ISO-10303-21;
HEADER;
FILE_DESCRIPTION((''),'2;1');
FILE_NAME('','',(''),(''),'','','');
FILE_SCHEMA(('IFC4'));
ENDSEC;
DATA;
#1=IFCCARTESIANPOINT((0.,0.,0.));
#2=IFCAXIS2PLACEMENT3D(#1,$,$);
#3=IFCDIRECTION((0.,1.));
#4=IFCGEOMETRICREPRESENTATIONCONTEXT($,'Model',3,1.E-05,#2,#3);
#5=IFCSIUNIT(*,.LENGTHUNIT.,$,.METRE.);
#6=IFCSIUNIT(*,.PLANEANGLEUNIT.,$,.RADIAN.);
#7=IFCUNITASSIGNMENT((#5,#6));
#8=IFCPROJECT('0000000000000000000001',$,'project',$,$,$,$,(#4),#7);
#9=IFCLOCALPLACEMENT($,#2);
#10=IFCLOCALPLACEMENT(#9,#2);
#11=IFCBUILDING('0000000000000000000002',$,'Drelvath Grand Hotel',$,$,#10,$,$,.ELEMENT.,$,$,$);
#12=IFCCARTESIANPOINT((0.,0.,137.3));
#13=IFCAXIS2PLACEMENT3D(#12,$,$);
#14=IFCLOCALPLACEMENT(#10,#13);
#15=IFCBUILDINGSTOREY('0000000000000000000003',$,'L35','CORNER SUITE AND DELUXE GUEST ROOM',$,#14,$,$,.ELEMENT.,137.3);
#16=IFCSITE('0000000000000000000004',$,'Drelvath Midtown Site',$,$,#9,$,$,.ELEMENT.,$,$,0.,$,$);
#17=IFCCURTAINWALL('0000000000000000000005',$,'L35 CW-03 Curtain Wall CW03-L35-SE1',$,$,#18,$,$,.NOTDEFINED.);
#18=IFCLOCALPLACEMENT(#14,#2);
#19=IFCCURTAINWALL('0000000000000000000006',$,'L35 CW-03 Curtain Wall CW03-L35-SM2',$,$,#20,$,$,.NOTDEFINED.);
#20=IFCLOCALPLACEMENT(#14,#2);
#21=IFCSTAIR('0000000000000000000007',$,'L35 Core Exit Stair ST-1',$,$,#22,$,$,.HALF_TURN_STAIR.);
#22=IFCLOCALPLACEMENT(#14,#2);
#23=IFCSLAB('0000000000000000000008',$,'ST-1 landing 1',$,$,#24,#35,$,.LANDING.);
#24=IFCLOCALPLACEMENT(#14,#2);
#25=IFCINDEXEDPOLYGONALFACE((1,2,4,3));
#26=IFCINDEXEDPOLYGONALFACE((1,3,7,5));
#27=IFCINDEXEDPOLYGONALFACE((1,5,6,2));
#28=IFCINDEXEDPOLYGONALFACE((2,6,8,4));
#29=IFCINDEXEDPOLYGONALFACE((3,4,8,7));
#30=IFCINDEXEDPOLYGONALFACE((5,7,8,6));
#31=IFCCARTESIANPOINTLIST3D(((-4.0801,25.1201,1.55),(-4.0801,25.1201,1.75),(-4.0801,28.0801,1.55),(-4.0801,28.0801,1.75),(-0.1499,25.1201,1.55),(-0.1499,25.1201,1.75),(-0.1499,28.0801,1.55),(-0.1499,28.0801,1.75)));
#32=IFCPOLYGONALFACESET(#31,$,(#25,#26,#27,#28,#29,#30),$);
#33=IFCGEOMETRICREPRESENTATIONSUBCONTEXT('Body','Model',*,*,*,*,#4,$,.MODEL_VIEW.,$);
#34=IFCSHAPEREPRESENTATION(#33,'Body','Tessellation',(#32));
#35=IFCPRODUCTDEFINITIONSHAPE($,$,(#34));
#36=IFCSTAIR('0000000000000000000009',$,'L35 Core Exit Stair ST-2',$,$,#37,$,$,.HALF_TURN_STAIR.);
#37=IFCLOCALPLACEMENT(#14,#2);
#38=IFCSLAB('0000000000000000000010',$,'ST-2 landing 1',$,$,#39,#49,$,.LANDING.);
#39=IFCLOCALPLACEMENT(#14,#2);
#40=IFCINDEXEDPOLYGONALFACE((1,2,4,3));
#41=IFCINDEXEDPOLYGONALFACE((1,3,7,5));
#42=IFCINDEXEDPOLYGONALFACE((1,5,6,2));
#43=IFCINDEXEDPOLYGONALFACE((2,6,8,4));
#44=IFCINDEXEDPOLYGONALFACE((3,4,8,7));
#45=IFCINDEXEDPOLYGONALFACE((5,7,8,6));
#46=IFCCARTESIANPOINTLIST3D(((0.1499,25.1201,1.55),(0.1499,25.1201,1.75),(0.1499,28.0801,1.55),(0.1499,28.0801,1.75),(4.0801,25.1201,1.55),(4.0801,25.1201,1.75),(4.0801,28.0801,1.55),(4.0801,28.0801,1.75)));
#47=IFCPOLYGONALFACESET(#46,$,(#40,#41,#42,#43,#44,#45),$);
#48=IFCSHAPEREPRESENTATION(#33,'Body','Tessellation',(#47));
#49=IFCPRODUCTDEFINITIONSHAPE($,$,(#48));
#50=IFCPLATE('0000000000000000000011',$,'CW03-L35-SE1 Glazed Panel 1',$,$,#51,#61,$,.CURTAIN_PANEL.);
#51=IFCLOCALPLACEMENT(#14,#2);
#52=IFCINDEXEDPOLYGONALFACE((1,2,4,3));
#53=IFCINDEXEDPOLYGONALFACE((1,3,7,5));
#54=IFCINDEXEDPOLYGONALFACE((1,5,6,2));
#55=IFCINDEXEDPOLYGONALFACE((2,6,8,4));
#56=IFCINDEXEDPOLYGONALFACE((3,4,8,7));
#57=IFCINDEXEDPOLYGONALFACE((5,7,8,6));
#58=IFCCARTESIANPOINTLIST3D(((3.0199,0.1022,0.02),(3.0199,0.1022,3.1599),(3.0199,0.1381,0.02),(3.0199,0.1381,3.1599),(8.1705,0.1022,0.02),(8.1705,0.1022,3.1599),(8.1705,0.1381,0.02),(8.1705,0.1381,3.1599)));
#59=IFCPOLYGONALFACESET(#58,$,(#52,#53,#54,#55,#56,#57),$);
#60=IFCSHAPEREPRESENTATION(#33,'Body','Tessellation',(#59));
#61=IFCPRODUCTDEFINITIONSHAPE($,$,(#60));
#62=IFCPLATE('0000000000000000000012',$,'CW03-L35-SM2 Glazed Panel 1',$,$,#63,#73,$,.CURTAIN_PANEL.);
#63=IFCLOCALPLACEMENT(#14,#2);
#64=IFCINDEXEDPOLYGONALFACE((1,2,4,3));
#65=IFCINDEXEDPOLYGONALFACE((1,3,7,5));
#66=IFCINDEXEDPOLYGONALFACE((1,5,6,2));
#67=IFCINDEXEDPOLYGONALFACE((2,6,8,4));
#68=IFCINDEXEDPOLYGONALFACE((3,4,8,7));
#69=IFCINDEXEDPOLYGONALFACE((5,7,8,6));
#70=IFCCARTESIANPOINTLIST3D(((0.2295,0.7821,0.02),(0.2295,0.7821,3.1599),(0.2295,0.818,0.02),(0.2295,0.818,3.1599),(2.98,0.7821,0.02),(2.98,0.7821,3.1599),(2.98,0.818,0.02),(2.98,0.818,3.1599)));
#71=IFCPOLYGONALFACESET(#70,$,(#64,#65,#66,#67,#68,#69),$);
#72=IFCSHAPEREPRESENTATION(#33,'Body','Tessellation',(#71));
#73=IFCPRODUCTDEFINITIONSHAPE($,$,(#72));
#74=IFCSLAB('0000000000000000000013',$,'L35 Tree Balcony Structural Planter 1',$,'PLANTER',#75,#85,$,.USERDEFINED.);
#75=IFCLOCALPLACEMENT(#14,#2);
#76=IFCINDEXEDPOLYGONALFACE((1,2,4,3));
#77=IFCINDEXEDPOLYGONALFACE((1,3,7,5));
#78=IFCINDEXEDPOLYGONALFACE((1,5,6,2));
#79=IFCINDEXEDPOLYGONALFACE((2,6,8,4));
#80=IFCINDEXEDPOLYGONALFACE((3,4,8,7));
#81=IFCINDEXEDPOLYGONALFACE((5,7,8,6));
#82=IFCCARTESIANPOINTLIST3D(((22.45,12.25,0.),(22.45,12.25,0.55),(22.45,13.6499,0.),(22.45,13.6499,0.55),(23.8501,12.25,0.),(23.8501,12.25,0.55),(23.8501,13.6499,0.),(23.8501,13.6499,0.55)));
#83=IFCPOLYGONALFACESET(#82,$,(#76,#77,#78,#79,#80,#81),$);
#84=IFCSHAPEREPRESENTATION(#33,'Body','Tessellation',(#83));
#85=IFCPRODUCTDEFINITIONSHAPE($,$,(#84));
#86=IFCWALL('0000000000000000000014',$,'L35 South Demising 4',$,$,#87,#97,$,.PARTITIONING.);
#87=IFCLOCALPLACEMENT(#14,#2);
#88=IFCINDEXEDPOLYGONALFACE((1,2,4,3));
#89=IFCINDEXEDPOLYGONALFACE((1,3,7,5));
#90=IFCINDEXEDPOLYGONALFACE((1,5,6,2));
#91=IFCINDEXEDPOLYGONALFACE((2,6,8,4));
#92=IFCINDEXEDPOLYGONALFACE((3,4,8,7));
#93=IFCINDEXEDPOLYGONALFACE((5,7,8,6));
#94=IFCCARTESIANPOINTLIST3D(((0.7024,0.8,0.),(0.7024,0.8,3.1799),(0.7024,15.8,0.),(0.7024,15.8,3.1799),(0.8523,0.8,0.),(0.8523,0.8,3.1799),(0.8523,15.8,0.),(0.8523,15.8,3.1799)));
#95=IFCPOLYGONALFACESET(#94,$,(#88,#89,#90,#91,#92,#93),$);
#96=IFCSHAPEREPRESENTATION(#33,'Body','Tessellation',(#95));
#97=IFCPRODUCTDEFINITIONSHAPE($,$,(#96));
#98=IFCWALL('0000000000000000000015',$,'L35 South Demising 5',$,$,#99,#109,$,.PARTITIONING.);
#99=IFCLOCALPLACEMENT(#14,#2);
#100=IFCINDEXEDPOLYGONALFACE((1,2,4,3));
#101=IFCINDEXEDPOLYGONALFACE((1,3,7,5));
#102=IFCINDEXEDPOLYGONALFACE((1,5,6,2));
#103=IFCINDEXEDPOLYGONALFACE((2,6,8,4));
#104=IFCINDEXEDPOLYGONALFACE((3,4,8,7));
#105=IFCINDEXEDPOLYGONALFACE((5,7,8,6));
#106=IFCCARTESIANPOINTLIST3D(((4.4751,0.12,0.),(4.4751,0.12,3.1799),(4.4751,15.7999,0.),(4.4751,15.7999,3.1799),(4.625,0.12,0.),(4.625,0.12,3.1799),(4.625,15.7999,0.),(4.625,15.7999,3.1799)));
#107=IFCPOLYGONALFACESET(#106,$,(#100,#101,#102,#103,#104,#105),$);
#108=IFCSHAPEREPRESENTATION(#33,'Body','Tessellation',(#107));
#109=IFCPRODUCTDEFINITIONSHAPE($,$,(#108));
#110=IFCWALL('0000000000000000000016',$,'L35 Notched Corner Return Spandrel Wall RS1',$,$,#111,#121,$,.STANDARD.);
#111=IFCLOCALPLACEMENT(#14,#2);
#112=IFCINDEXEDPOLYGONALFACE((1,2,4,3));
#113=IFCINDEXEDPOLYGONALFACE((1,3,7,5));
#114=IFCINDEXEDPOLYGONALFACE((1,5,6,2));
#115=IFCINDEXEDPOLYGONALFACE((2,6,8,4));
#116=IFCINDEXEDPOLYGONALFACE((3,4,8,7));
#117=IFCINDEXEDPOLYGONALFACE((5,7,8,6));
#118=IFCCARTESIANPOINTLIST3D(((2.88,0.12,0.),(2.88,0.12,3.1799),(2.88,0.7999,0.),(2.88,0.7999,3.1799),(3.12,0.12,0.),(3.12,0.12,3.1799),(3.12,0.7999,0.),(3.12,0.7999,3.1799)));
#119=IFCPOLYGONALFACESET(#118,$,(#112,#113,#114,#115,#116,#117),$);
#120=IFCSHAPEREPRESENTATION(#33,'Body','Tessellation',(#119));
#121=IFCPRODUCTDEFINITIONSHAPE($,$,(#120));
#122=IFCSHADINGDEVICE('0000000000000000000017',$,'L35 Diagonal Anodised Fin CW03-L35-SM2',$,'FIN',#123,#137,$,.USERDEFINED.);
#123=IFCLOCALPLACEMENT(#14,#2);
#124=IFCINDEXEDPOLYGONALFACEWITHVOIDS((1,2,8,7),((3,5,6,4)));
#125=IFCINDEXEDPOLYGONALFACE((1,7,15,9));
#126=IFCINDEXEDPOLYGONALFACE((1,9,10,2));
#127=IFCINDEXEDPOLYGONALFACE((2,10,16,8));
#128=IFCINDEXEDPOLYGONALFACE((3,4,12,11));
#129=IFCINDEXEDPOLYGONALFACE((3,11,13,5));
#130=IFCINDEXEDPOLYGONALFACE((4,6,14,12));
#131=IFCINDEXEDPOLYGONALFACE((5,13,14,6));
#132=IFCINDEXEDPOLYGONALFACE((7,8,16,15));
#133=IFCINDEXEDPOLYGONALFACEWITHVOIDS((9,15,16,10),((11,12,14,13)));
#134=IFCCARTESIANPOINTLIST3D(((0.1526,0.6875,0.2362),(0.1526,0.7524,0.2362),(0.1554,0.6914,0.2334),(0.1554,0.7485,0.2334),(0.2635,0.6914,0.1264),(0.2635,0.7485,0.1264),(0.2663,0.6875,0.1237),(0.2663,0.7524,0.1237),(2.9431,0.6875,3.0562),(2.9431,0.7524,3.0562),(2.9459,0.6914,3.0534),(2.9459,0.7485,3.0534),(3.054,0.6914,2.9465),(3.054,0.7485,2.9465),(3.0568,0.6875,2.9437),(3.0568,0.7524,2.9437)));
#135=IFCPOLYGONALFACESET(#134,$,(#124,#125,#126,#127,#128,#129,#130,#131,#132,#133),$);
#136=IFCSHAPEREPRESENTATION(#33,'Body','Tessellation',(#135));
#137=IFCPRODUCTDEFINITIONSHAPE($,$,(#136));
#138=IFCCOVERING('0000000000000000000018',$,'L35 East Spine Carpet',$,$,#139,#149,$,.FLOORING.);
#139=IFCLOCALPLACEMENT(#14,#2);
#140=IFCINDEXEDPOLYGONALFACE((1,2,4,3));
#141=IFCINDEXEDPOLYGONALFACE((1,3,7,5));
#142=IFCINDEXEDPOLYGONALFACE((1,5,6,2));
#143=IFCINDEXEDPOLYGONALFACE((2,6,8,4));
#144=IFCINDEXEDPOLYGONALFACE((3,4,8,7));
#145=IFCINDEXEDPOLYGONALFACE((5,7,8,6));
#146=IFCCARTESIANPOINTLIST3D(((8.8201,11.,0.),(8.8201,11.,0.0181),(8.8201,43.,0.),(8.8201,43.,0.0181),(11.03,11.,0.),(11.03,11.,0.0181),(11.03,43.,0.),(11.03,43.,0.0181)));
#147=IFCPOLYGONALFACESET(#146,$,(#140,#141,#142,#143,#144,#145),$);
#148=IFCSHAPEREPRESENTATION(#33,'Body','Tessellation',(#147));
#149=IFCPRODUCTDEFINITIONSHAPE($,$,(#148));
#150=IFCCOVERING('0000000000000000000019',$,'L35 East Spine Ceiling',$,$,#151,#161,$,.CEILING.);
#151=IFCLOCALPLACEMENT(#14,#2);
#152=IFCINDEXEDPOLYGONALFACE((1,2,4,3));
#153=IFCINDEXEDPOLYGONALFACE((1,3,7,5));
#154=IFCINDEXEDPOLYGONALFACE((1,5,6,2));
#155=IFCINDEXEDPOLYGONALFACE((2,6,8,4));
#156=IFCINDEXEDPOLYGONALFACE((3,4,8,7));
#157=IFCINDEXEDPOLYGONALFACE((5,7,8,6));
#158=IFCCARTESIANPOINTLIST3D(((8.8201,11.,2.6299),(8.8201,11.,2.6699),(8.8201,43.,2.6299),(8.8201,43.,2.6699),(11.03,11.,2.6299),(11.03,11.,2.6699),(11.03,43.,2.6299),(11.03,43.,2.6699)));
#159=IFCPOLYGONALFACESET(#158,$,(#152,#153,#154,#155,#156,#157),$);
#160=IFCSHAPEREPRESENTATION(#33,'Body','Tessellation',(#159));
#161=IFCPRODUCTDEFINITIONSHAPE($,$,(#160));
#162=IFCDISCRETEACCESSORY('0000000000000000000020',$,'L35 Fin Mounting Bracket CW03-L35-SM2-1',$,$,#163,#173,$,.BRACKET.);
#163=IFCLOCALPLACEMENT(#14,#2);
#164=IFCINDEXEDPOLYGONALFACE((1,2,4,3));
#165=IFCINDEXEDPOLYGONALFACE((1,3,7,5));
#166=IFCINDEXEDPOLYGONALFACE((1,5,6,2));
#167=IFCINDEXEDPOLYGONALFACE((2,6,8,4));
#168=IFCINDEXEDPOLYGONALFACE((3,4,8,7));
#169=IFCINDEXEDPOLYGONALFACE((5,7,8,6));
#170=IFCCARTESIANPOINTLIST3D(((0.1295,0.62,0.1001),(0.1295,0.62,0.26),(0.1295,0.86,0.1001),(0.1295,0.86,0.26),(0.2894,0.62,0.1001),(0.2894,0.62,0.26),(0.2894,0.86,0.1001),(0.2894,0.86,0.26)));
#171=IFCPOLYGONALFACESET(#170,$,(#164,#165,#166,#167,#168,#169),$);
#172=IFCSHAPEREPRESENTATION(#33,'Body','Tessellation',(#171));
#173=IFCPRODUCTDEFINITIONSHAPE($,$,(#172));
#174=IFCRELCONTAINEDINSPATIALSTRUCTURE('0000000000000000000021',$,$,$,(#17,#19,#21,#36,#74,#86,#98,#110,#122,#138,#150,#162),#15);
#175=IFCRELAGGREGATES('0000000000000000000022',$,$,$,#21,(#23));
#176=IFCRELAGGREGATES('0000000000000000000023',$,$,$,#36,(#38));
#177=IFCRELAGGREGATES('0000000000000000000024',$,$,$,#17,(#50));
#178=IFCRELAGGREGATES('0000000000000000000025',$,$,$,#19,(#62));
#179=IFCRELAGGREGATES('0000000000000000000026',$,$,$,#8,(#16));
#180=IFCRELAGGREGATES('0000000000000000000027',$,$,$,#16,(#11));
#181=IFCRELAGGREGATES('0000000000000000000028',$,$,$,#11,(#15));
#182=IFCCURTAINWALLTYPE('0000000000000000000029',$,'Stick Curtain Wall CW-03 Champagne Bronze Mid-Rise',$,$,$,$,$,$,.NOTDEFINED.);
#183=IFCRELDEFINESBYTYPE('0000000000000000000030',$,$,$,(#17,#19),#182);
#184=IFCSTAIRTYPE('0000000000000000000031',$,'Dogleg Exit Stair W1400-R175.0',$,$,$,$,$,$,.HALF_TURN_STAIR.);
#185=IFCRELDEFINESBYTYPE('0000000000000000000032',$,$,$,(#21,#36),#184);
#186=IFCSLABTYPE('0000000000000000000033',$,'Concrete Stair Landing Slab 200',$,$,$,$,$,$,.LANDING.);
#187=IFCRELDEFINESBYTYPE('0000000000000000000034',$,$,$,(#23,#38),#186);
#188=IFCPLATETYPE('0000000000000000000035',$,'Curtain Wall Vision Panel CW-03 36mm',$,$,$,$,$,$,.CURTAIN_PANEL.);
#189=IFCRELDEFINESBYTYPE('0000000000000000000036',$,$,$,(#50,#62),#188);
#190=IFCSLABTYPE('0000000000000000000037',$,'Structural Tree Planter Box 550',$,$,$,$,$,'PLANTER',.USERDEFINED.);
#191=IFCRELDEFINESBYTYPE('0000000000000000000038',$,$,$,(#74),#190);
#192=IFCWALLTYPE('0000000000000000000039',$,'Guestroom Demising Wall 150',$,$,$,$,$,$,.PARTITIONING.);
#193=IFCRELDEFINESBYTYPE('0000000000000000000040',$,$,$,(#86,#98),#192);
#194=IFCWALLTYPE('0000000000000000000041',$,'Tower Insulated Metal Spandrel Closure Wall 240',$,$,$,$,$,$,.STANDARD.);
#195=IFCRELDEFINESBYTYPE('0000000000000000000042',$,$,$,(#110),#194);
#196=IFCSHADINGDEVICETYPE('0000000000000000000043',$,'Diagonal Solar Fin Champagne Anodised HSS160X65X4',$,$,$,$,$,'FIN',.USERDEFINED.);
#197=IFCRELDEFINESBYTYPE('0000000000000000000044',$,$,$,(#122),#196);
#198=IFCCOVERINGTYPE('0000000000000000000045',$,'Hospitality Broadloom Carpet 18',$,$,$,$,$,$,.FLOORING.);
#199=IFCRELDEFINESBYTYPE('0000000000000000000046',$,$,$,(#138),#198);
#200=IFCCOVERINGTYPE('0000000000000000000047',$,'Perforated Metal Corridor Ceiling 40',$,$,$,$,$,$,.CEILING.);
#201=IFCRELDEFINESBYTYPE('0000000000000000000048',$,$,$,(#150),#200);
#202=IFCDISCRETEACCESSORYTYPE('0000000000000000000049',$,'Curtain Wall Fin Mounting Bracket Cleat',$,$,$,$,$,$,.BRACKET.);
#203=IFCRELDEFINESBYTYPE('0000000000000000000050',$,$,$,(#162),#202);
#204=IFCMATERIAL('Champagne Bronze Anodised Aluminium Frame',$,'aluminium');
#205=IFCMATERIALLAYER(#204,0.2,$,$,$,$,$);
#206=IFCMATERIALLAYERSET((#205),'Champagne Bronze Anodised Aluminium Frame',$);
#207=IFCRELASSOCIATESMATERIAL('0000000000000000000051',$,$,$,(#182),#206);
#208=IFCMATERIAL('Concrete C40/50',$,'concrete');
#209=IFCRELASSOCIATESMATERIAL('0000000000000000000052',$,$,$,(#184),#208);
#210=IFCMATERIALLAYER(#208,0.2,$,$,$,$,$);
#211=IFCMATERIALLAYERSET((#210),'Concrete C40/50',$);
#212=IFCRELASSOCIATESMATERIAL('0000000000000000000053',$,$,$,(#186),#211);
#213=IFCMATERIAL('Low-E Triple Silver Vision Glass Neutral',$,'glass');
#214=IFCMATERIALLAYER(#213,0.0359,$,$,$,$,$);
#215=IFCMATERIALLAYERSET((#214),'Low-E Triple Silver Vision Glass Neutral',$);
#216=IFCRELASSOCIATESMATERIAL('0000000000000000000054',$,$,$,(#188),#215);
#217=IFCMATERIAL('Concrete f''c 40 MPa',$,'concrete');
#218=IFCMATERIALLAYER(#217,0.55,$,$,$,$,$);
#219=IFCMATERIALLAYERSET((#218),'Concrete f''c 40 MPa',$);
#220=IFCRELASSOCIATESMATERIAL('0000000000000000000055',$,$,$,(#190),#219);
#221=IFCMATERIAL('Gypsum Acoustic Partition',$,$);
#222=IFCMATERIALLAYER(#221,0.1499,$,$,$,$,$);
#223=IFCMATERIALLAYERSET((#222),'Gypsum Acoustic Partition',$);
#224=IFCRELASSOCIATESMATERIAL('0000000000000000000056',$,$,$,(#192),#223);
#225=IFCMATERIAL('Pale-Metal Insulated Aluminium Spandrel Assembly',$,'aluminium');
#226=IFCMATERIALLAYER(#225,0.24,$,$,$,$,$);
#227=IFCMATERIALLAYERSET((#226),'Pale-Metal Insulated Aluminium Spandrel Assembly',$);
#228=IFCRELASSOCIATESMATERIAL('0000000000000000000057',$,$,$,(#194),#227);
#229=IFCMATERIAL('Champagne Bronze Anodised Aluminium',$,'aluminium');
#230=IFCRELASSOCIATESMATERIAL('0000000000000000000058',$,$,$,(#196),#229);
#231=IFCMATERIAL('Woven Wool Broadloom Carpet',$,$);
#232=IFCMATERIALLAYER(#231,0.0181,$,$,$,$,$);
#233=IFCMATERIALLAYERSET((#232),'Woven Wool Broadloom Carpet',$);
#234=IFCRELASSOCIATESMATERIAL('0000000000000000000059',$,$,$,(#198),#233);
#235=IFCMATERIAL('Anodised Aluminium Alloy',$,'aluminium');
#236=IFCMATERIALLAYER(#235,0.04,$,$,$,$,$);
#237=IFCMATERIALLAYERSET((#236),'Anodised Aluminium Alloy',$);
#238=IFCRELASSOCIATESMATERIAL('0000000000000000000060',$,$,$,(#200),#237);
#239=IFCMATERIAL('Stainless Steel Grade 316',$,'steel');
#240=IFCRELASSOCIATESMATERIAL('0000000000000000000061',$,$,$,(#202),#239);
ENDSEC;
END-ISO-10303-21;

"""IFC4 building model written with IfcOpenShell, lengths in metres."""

from ifc_helpers import new_model, si_unit, direction, frame, frame_2d, origin, origin_2d, place, context, subcontext, project, spatial, polyline, rectangle, hollow_rectangle, outline, extrude, material, layer, layer_set, material_profile, profile_set, type_object, element, aggregate, save


model = new_model("IFC4")

# Units and contexts
model_context = context("Model", 3, precision=1e-05, world=origin(), true_north=direction((0.0, 1.0)))
body_context = subcontext(model_context, "Body", "Model", "MODEL_VIEW")
ifc_project = project(units=[si_unit("LENGTHUNIT", "METRE"), si_unit("PLANEANGLEUNIT", "RADIAN")], contexts=[model_context])

# Site, building, storey
site_placement = place(None, origin())
site = spatial("IfcSite", under=ifc_project, at=site_placement, Name="Drelvath Midtown Site", CompositionType="ELEMENT", RefElevation=0.0)
building_placement = place(site_placement, origin())
building = spatial("IfcBuilding", under=site, at=building_placement, Name="Drelvath Grand Hotel", CompositionType="ELEMENT")
storey_placement = place(building_placement, frame((0.0, 0.0, 137.3)))
storey = spatial("IfcBuildingStorey", under=building, at=storey_placement, Name="L35", Description="CORNER SUITE AND DELUXE GUEST ROOM", CompositionType="ELEMENT", Elevation=137.3)

# Curtain walls
ifc_material_1 = material(Name="Champagne Bronze Anodised Aluminium Frame", Category="aluminium")
ifc_layer_1 = layer(ifc_material_1, 0.2)
ifc_layer_set_1 = layer_set([ifc_layer_1], Name="Champagne Bronze Anodised Aluminium Frame")
curtain_wall_type = type_object("IfcCurtainWallType", Name="Stick Curtain Wall CW-03 Champagne Bronze Mid-Rise", PredefinedType="NOTDEFINED", material=ifc_layer_set_1)
curtain_wall_1_placement = place(storey_placement, origin())
curtain_wall_1 = element("IfcCurtainWall", 1, at=curtain_wall_1_placement, inside=storey, type_object=curtain_wall_type, Name="L35 CW-03 Curtain Wall CW03-L35-SE1", PredefinedType="NOTDEFINED")
curtain_wall_2_placement = place(storey_placement, origin())
curtain_wall_2 = element("IfcCurtainWall", 2, at=curtain_wall_2_placement, inside=storey, type_object=curtain_wall_type, Name="L35 CW-03 Curtain Wall CW03-L35-SM2", PredefinedType="NOTDEFINED")

# Shared definitions
ifc_material_2 = material(Name="Concrete f'c 40 MPa", Category="concrete")

# Stairs, slabs
ifc_material_3 = material(Name="Concrete C40/50", Category="concrete")
stair_type = type_object("IfcStairType", Name="Dogleg Exit Stair W1400-R175.0", PredefinedType="HALF_TURN_STAIR", material=ifc_material_3)
stair_1_placement = place(storey_placement, origin())
stair_1 = element("IfcStair", 3, at=stair_1_placement, inside=storey, type_object=stair_type, Name="L35 Core Exit Stair ST-1", PredefinedType="HALF_TURN_STAIR")
ifc_layer_2 = layer(ifc_material_3, 0.2)
ifc_layer_set_2 = layer_set([ifc_layer_2], Name="Concrete C40/50")
slab_type_1 = type_object("IfcSlabType", Name="Concrete Stair Landing Slab 200", PredefinedType="LANDING", material=ifc_layer_set_2)
slab_1_placement = place(storey_placement, frame((0.0, 0.0, 1.55)))
slab_1 = element("IfcSlab", 4, at=slab_1_placement, type_object=slab_type_1, Name="ST-1 landing 1", PredefinedType="LANDING", context=body_context, shape_type="SweptSolid", body=[
    extrude(outline(polyline([(-4.0801, 25.1201), (-0.1499, 25.1201), (-0.1499, 28.0801), (-4.0801, 28.0801), (-4.0801, 25.1201)])), origin(), (0.0, 0.0, 1.0), 0.2),
])
aggregate(stair_1, [slab_1])
stair_2_placement = place(storey_placement, origin())
stair_2 = element("IfcStair", 5, at=stair_2_placement, inside=storey, type_object=stair_type, Name="L35 Core Exit Stair ST-2", PredefinedType="HALF_TURN_STAIR")
slab_2_placement = place(storey_placement, frame((0.0, 0.0, 1.55)))
slab_2 = element("IfcSlab", 6, at=slab_2_placement, type_object=slab_type_1, Name="ST-2 landing 1", PredefinedType="LANDING", context=body_context, shape_type="SweptSolid", body=[
    extrude(outline(polyline([(4.0801, 28.0801), (0.1499, 28.0801), (0.1499, 25.1201), (4.0801, 25.1201), (4.0801, 28.0801)])), origin(), (0.0, 0.0, 1.0), 0.2),
])
aggregate(stair_2, [slab_2])

# Plates
ifc_material_4 = material(Name="Low-E Triple Silver Vision Glass Neutral", Category="glass")
ifc_layer_3 = layer(ifc_material_4, 0.0359)
ifc_layer_set_3 = layer_set([ifc_layer_3], Name="Low-E Triple Silver Vision Glass Neutral")
plate_type = type_object("IfcPlateType", Name="Curtain Wall Vision Panel CW-03 36mm", PredefinedType="CURTAIN_PANEL", material=ifc_layer_set_3)
plate_1_placement = place(storey_placement, frame((5.5952, 0.1201, 0.02), z_axis=(0.0, 0.0, 1.0), x_axis=(-1.0, 0.0, 0.0)))
plate_1 = element("IfcPlate", 7, at=plate_1_placement, type_object=plate_type, Name="CW03-L35-SE1 Glazed Panel 1", PredefinedType="CURTAIN_PANEL", context=body_context, shape_type="SweptSolid", body=[
    extrude(rectangle(XDim=5.1506, YDim=0.0359, at=origin_2d()), origin(), (0.0, 0.0, 1.0), 3.1399),
])
aggregate(curtain_wall_1, [plate_1])
plate_2_placement = place(storey_placement, frame((1.6047, 0.8, 0.02), z_axis=(0.0, 0.0, 1.0), x_axis=(-1.0, 0.0, 0.0)))
plate_2 = element("IfcPlate", 8, at=plate_2_placement, type_object=plate_type, Name="CW03-L35-SM2 Glazed Panel 1", PredefinedType="CURTAIN_PANEL", context=body_context, shape_type="SweptSolid", body=[
    extrude(rectangle(XDim=2.7505, YDim=0.0359, at=origin_2d()), origin(), (0.0, 0.0, 1.0), 3.1399),
])
aggregate(curtain_wall_2, [plate_2])

# Slab
ifc_layer_4 = layer(ifc_material_2, 0.55)
ifc_layer_set_4 = layer_set([ifc_layer_4], Name="Concrete f'c 40 MPa")
slab_type_2 = type_object("IfcSlabType", Name="Structural Tree Planter Box 550", ElementType="PLANTER", PredefinedType="USERDEFINED", material=ifc_layer_set_4)
slab_3_placement = place(storey_placement, origin())
element("IfcSlab", 9, at=slab_3_placement, inside=storey, type_object=slab_type_2, Name="L35 Tree Balcony Structural Planter 1", ObjectType="PLANTER", PredefinedType="USERDEFINED", context=body_context, shape_type="SweptSolid", body=[
    extrude(outline(polyline([(22.45, 12.25), (23.8501, 12.25), (23.8501, 13.6499), (22.45, 13.6499), (22.45, 12.25)])), origin(), (0.0, 0.0, 1.0), 0.55),
])

# Walls
ifc_material_5 = material(Name="Gypsum Acoustic Partition")
ifc_layer_5 = layer(ifc_material_5, 0.1499)
ifc_layer_set_5 = layer_set([ifc_layer_5], Name="Gypsum Acoustic Partition")
wall_type_1 = type_object("IfcWallType", Name="Guestroom Demising Wall 150", PredefinedType="PARTITIONING", material=ifc_layer_set_5)
wall_1_placement = place(storey_placement, frame((0.7773, 0.8, 0.0), z_axis=(0.0, 0.0, 1.0), x_axis=(0.0, 1.0, 0.0)))
element("IfcWall", 10, at=wall_1_placement, inside=storey, type_object=wall_type_1, Name="L35 South Demising 4", PredefinedType="PARTITIONING", context=body_context, shape_type="SweptSolid", body=[
    extrude(rectangle(XDim=15.0, YDim=0.1499, at=frame_2d((7.5, 0.0))), origin(), (0.0, 0.0, 1.0), 3.1799),
])
wall_2_placement = place(storey_placement, frame((4.55, 0.1201, 0.0), z_axis=(0.0, 0.0, 1.0), x_axis=(0.0, 1.0, 0.0)))
element("IfcWall", 11, at=wall_2_placement, inside=storey, type_object=wall_type_1, Name="L35 South Demising 5", PredefinedType="PARTITIONING", context=body_context, shape_type="SweptSolid", body=[
    extrude(rectangle(XDim=15.6799, YDim=0.1499, at=frame_2d((7.8398, 0.0))), origin(), (0.0, 0.0, 1.0), 3.1799),
])
ifc_material_6 = material(Name="Pale-Metal Insulated Aluminium Spandrel Assembly", Category="aluminium")
ifc_layer_6 = layer(ifc_material_6, 0.24)
ifc_layer_set_6 = layer_set([ifc_layer_6], Name="Pale-Metal Insulated Aluminium Spandrel Assembly")
wall_type_2 = type_object("IfcWallType", Name="Tower Insulated Metal Spandrel Closure Wall 240", PredefinedType="STANDARD", material=ifc_layer_set_6)
wall_3_placement = place(storey_placement, frame((3.0, 0.1201, 0.0), z_axis=(0.0, 0.0, 1.0), x_axis=(0.0, 1.0, 0.0)))
element("IfcWall", 12, at=wall_3_placement, inside=storey, type_object=wall_type_2, Name="L35 Notched Corner Return Spandrel Wall RS1", PredefinedType="STANDARD", context=body_context, shape_type="SweptSolid", body=[
    extrude(rectangle(XDim=0.6799, YDim=0.24, at=frame_2d((0.3398, 0.0))), origin(), (0.0, 0.0, 1.0), 3.1799),
])

# Shading device
ifc_material_7 = material(Name="Champagne Bronze Anodised Aluminium", Category="aluminium")
ifc_material_profile_1 = material_profile(ifc_material_7, hollow_rectangle(XDim=0.0649, YDim=0.1599, WallThickness=0.0039, at=origin_2d()), Name="HSS160X65X4")
ifc_profile_set_1 = profile_set([ifc_material_profile_1], Name="Champagne Bronze Anodised Aluminium")
shading_device_type = type_object("IfcShadingDeviceType", Name="Diagonal Solar Fin Champagne Anodised HSS160X65X4", ElementType="FIN", PredefinedType="USERDEFINED", material=ifc_profile_set_1)
shading_device_placement = place(storey_placement, frame((0.2095, 0.72, 0.1799), z_axis=(0.703374, 0.0, 0.71082), x_axis=(0.0, 1.0, 0.0)))
element("IfcShadingDevice", 13, at=shading_device_placement, inside=storey, type_object=shading_device_type, Name="L35 Diagonal Anodised Fin CW03-L35-SM2", ObjectType="FIN", PredefinedType="USERDEFINED", context=body_context, shape_type="SweptSolid", body=[
    extrude(hollow_rectangle(XDim=0.0649, YDim=0.1599, WallThickness=0.0039, at=origin_2d()), origin(), (0.0, 0.0, 1.0), 3.9673),
])

# Coverings
ifc_material_8 = material(Name="Woven Wool Broadloom Carpet")
ifc_layer_7 = layer(ifc_material_8, 0.0181)
ifc_layer_set_7 = layer_set([ifc_layer_7], Name="Woven Wool Broadloom Carpet")
covering_type_1 = type_object("IfcCoveringType", Name="Hospitality Broadloom Carpet 18", PredefinedType="FLOORING", material=ifc_layer_set_7)
covering_1_placement = place(storey_placement, origin())
element("IfcCovering", 14, at=covering_1_placement, inside=storey, type_object=covering_type_1, Name="L35 East Spine Carpet", PredefinedType="FLOORING", context=body_context, shape_type="SweptSolid", body=[
    extrude(outline(polyline([(11.03, 11.0), (11.03, 43.0), (8.8201, 43.0), (8.8201, 11.0), (11.03, 11.0)])), origin(), (0.0, 0.0, 1.0), 0.0181),
])
ifc_material_9 = material(Name="Anodised Aluminium Alloy", Category="aluminium")
ifc_layer_8 = layer(ifc_material_9, 0.04)
ifc_layer_set_8 = layer_set([ifc_layer_8], Name="Anodised Aluminium Alloy")
covering_type_2 = type_object("IfcCoveringType", Name="Perforated Metal Corridor Ceiling 40", PredefinedType="CEILING", material=ifc_layer_set_8)
covering_2_placement = place(storey_placement, frame((0.0, 0.0, 2.6299)))
element("IfcCovering", 15, at=covering_2_placement, inside=storey, type_object=covering_type_2, Name="L35 East Spine Ceiling", PredefinedType="CEILING", context=body_context, shape_type="SweptSolid", body=[
    extrude(outline(polyline([(11.03, 11.0), (11.03, 43.0), (8.8201, 43.0), (8.8201, 11.0), (11.03, 11.0)])), origin(), (0.0, 0.0, 1.0), 0.04),
])

# Discrete accessory
ifc_material_10 = material(Name="Stainless Steel Grade 316", Category="steel")
discrete_accessory_type = type_object("IfcDiscreteAccessoryType", Name="Curtain Wall Fin Mounting Bracket Cleat", PredefinedType="BRACKET", material=ifc_material_10)
discrete_accessory_placement = place(storey_placement, frame((0.2095, 0.74, 0.1001), z_axis=(0.0, 0.0, 1.0), x_axis=(-1.0, 0.0, 0.0)))
element("IfcDiscreteAccessory", 16, at=discrete_accessory_placement, inside=storey, type_object=discrete_accessory_type, Name="L35 Fin Mounting Bracket CW03-L35-SM2-1", PredefinedType="BRACKET", context=body_context, shape_type="SweptSolid", body=[
    extrude(rectangle(XDim=0.1599, YDim=0.24, at=origin_2d()), origin(), (0.0, 0.0, 1.0), 0.1599),
])

save(model, "model.ifc")
